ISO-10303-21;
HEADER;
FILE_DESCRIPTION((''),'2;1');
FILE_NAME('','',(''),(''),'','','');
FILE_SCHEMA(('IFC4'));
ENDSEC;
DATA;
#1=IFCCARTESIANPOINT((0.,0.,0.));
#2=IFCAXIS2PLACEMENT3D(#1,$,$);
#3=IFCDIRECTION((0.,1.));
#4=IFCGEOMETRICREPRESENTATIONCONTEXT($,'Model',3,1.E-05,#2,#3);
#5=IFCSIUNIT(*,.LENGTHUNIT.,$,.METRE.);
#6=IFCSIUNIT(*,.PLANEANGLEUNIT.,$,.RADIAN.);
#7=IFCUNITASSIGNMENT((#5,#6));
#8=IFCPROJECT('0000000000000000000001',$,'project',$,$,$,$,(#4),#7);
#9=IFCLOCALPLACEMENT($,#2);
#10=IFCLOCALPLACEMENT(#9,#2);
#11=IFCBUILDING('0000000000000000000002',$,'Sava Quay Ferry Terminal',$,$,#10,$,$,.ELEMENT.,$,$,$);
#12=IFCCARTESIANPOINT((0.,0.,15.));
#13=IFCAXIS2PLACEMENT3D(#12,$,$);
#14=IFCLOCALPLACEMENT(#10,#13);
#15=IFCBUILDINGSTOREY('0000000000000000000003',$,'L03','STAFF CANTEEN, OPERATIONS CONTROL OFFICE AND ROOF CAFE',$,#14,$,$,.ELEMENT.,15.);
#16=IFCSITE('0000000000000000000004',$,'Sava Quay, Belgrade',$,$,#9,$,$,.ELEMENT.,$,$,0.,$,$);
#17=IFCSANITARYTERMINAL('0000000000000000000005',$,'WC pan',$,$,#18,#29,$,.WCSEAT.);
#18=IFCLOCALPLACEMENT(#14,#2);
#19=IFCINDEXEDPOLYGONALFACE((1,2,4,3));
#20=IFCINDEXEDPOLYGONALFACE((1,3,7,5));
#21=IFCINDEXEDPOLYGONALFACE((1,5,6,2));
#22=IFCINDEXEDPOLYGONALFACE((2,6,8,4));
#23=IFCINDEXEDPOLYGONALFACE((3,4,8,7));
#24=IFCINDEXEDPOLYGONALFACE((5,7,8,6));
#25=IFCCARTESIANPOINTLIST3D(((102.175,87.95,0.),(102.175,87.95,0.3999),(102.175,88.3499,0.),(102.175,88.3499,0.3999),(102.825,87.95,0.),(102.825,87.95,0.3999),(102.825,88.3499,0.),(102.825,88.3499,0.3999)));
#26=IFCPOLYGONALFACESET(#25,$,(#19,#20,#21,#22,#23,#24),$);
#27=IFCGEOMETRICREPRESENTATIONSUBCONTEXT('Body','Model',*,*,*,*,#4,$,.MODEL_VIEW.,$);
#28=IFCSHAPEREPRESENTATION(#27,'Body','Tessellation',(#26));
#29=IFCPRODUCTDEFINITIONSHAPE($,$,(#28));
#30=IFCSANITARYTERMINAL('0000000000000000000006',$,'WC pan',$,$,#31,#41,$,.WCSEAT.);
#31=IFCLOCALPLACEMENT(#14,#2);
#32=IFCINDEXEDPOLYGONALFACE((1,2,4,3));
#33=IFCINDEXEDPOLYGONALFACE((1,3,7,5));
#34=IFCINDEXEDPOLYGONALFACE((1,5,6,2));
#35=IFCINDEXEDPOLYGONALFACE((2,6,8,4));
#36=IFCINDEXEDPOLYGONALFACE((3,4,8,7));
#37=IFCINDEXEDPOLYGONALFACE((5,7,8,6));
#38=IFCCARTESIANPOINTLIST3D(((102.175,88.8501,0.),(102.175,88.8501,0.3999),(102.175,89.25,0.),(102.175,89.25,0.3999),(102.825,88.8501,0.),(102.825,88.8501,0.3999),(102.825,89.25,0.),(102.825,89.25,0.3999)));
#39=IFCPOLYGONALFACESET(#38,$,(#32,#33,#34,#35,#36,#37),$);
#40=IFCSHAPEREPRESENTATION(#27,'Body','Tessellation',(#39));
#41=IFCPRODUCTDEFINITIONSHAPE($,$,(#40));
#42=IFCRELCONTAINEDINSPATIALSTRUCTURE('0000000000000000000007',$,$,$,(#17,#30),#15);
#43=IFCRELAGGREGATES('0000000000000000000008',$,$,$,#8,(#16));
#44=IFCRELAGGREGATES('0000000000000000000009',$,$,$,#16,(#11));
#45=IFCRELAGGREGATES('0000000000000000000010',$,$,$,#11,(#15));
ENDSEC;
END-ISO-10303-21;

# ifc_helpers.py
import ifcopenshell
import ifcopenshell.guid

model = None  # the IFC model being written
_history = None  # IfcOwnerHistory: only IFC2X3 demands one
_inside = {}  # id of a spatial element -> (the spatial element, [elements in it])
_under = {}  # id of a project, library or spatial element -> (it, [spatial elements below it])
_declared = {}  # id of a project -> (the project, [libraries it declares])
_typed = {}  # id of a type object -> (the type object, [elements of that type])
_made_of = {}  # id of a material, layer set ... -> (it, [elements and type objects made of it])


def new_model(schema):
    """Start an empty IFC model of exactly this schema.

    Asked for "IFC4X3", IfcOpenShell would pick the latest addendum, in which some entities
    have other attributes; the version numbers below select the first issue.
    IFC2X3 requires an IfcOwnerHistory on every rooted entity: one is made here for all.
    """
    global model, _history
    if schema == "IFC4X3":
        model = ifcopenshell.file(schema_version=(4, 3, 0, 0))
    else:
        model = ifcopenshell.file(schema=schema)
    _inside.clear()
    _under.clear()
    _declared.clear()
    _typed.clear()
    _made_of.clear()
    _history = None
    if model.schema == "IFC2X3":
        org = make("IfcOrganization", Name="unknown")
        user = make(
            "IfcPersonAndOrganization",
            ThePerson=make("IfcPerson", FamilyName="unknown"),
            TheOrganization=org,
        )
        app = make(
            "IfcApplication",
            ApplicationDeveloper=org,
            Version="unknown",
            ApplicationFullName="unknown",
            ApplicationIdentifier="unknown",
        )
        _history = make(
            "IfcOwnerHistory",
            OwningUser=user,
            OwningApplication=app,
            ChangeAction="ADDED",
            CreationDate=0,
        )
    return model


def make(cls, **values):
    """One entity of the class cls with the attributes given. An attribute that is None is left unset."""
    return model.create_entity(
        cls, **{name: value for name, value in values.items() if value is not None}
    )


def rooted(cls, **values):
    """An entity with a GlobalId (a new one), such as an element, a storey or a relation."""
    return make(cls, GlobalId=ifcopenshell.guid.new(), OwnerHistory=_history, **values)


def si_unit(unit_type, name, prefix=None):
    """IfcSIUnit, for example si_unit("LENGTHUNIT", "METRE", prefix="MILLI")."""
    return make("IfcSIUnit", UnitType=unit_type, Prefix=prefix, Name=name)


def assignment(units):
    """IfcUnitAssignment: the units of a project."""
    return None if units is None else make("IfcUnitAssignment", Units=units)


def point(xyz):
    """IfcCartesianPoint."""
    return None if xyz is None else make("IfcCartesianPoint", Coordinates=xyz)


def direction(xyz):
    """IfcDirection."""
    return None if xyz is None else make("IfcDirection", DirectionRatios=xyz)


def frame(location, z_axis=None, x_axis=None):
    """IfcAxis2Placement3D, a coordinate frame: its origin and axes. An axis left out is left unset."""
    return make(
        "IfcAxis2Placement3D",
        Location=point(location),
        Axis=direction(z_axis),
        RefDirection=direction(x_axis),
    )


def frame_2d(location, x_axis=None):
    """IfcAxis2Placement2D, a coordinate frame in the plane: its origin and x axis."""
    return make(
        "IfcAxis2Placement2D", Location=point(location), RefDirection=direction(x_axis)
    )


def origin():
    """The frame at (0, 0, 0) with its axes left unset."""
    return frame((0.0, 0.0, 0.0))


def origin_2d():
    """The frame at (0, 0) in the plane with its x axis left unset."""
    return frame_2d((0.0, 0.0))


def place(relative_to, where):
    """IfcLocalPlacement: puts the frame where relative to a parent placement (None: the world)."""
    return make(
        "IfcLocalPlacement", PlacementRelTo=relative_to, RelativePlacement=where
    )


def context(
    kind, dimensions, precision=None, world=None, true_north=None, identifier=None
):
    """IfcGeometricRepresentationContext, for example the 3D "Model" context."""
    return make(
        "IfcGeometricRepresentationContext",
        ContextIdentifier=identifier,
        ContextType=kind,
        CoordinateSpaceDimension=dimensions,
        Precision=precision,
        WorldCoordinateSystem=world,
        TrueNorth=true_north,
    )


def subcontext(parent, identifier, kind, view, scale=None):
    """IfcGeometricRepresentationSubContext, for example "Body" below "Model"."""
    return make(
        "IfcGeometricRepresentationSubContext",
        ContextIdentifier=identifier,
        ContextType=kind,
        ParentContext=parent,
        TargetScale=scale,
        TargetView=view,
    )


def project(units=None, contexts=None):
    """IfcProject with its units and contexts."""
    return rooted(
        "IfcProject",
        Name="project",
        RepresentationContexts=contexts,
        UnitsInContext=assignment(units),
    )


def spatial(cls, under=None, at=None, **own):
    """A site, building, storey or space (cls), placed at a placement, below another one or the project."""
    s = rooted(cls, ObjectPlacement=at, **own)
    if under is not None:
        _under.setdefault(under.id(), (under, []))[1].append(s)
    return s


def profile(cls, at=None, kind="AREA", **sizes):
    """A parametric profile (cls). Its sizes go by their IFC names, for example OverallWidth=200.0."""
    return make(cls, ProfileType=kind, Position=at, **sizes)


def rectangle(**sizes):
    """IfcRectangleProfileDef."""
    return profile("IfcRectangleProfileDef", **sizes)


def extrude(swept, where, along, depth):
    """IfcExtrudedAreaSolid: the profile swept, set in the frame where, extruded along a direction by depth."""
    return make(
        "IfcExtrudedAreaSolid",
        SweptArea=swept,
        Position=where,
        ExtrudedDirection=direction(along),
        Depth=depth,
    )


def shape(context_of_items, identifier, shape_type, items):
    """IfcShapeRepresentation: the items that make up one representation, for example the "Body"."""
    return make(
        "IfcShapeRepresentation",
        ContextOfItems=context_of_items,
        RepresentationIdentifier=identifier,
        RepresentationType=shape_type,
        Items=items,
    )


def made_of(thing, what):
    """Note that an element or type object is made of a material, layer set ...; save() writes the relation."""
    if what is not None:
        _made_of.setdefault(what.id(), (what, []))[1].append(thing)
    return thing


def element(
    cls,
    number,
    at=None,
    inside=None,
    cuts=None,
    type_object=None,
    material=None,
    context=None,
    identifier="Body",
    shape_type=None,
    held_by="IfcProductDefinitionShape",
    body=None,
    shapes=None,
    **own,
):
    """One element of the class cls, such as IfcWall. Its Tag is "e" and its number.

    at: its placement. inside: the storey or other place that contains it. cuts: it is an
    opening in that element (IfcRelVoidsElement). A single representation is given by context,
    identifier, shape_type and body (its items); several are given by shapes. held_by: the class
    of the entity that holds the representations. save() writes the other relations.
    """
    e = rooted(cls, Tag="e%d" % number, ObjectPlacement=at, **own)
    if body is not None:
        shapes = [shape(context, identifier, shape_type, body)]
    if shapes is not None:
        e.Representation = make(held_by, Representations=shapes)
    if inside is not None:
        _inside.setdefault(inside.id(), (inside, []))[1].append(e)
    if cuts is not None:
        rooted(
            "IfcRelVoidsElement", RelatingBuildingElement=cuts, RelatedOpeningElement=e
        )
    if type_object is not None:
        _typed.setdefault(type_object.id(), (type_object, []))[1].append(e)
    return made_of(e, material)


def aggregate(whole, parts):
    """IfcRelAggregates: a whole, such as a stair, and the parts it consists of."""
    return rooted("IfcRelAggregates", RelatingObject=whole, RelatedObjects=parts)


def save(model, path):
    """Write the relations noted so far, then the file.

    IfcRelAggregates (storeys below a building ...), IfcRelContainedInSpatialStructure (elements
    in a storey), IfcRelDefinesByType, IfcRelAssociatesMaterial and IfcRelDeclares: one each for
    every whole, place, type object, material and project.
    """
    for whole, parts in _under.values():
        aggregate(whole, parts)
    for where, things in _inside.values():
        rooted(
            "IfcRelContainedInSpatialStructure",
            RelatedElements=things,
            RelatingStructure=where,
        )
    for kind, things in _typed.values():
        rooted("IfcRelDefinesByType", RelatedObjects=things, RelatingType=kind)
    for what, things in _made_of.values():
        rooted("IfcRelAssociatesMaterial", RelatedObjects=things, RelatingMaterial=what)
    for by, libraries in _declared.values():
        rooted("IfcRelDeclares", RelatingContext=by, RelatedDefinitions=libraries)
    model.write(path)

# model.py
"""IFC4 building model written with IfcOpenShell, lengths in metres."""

from ifc_helpers import new_model, si_unit, direction, frame, origin, origin_2d, place, context, subcontext, project, spatial, rectangle, extrude, element, save


model = new_model("IFC4")

# Units and contexts
model_context = context("Model", 3, precision=1e-05, world=origin(), true_north=direction((0.0, 1.0)))
body_context = subcontext(model_context, "Body", "Model", "MODEL_VIEW")
ifc_project = project(units=[si_unit("LENGTHUNIT", "METRE"), si_unit("PLANEANGLEUNIT", "RADIAN")], contexts=[model_context])

# Site, building, storey
site_placement = place(None, origin())
site = spatial("IfcSite", under=ifc_project, at=site_placement, Name="Sava Quay, Belgrade", CompositionType="ELEMENT", RefElevation=0.0)
building_placement = place(site_placement, origin())
building = spatial("IfcBuilding", under=site, at=building_placement, Name="Sava Quay Ferry Terminal", CompositionType="ELEMENT")
storey_placement = place(building_placement, frame((0.0, 0.0, 15.0)))
storey = spatial("IfcBuildingStorey", under=building, at=storey_placement, Name="L03", Description="STAFF CANTEEN, OPERATIONS CONTROL OFFICE AND ROOF CAFE", CompositionType="ELEMENT", Elevation=15.0)

# Sanitary terminals
for number, where, z_axis, x_axis, name in (
    (1, (102.5, 88.1499, 0.0), (0.0, 0.0, 1.0), (1.0, 0.0, 0.0), "WC pan"),
    (2, (102.5, 89.05, 0.0), (0.0, 0.0, 1.0), (1.0, 0.0, 0.0), "WC pan"),
):
    element("IfcSanitaryTerminal", number, at=place(storey_placement, frame(where, z_axis=z_axis, x_axis=x_axis)), inside=storey, Name=name, PredefinedType="WCSEAT", context=body_context, shape_type="SweptSolid", body=[
        extrude(rectangle(XDim=0.6499, YDim=0.3999, at=origin_2d()), origin(), (0.0, 0.0, 1.0), 0.3999),
    ])

save(model, "model.ifc")
